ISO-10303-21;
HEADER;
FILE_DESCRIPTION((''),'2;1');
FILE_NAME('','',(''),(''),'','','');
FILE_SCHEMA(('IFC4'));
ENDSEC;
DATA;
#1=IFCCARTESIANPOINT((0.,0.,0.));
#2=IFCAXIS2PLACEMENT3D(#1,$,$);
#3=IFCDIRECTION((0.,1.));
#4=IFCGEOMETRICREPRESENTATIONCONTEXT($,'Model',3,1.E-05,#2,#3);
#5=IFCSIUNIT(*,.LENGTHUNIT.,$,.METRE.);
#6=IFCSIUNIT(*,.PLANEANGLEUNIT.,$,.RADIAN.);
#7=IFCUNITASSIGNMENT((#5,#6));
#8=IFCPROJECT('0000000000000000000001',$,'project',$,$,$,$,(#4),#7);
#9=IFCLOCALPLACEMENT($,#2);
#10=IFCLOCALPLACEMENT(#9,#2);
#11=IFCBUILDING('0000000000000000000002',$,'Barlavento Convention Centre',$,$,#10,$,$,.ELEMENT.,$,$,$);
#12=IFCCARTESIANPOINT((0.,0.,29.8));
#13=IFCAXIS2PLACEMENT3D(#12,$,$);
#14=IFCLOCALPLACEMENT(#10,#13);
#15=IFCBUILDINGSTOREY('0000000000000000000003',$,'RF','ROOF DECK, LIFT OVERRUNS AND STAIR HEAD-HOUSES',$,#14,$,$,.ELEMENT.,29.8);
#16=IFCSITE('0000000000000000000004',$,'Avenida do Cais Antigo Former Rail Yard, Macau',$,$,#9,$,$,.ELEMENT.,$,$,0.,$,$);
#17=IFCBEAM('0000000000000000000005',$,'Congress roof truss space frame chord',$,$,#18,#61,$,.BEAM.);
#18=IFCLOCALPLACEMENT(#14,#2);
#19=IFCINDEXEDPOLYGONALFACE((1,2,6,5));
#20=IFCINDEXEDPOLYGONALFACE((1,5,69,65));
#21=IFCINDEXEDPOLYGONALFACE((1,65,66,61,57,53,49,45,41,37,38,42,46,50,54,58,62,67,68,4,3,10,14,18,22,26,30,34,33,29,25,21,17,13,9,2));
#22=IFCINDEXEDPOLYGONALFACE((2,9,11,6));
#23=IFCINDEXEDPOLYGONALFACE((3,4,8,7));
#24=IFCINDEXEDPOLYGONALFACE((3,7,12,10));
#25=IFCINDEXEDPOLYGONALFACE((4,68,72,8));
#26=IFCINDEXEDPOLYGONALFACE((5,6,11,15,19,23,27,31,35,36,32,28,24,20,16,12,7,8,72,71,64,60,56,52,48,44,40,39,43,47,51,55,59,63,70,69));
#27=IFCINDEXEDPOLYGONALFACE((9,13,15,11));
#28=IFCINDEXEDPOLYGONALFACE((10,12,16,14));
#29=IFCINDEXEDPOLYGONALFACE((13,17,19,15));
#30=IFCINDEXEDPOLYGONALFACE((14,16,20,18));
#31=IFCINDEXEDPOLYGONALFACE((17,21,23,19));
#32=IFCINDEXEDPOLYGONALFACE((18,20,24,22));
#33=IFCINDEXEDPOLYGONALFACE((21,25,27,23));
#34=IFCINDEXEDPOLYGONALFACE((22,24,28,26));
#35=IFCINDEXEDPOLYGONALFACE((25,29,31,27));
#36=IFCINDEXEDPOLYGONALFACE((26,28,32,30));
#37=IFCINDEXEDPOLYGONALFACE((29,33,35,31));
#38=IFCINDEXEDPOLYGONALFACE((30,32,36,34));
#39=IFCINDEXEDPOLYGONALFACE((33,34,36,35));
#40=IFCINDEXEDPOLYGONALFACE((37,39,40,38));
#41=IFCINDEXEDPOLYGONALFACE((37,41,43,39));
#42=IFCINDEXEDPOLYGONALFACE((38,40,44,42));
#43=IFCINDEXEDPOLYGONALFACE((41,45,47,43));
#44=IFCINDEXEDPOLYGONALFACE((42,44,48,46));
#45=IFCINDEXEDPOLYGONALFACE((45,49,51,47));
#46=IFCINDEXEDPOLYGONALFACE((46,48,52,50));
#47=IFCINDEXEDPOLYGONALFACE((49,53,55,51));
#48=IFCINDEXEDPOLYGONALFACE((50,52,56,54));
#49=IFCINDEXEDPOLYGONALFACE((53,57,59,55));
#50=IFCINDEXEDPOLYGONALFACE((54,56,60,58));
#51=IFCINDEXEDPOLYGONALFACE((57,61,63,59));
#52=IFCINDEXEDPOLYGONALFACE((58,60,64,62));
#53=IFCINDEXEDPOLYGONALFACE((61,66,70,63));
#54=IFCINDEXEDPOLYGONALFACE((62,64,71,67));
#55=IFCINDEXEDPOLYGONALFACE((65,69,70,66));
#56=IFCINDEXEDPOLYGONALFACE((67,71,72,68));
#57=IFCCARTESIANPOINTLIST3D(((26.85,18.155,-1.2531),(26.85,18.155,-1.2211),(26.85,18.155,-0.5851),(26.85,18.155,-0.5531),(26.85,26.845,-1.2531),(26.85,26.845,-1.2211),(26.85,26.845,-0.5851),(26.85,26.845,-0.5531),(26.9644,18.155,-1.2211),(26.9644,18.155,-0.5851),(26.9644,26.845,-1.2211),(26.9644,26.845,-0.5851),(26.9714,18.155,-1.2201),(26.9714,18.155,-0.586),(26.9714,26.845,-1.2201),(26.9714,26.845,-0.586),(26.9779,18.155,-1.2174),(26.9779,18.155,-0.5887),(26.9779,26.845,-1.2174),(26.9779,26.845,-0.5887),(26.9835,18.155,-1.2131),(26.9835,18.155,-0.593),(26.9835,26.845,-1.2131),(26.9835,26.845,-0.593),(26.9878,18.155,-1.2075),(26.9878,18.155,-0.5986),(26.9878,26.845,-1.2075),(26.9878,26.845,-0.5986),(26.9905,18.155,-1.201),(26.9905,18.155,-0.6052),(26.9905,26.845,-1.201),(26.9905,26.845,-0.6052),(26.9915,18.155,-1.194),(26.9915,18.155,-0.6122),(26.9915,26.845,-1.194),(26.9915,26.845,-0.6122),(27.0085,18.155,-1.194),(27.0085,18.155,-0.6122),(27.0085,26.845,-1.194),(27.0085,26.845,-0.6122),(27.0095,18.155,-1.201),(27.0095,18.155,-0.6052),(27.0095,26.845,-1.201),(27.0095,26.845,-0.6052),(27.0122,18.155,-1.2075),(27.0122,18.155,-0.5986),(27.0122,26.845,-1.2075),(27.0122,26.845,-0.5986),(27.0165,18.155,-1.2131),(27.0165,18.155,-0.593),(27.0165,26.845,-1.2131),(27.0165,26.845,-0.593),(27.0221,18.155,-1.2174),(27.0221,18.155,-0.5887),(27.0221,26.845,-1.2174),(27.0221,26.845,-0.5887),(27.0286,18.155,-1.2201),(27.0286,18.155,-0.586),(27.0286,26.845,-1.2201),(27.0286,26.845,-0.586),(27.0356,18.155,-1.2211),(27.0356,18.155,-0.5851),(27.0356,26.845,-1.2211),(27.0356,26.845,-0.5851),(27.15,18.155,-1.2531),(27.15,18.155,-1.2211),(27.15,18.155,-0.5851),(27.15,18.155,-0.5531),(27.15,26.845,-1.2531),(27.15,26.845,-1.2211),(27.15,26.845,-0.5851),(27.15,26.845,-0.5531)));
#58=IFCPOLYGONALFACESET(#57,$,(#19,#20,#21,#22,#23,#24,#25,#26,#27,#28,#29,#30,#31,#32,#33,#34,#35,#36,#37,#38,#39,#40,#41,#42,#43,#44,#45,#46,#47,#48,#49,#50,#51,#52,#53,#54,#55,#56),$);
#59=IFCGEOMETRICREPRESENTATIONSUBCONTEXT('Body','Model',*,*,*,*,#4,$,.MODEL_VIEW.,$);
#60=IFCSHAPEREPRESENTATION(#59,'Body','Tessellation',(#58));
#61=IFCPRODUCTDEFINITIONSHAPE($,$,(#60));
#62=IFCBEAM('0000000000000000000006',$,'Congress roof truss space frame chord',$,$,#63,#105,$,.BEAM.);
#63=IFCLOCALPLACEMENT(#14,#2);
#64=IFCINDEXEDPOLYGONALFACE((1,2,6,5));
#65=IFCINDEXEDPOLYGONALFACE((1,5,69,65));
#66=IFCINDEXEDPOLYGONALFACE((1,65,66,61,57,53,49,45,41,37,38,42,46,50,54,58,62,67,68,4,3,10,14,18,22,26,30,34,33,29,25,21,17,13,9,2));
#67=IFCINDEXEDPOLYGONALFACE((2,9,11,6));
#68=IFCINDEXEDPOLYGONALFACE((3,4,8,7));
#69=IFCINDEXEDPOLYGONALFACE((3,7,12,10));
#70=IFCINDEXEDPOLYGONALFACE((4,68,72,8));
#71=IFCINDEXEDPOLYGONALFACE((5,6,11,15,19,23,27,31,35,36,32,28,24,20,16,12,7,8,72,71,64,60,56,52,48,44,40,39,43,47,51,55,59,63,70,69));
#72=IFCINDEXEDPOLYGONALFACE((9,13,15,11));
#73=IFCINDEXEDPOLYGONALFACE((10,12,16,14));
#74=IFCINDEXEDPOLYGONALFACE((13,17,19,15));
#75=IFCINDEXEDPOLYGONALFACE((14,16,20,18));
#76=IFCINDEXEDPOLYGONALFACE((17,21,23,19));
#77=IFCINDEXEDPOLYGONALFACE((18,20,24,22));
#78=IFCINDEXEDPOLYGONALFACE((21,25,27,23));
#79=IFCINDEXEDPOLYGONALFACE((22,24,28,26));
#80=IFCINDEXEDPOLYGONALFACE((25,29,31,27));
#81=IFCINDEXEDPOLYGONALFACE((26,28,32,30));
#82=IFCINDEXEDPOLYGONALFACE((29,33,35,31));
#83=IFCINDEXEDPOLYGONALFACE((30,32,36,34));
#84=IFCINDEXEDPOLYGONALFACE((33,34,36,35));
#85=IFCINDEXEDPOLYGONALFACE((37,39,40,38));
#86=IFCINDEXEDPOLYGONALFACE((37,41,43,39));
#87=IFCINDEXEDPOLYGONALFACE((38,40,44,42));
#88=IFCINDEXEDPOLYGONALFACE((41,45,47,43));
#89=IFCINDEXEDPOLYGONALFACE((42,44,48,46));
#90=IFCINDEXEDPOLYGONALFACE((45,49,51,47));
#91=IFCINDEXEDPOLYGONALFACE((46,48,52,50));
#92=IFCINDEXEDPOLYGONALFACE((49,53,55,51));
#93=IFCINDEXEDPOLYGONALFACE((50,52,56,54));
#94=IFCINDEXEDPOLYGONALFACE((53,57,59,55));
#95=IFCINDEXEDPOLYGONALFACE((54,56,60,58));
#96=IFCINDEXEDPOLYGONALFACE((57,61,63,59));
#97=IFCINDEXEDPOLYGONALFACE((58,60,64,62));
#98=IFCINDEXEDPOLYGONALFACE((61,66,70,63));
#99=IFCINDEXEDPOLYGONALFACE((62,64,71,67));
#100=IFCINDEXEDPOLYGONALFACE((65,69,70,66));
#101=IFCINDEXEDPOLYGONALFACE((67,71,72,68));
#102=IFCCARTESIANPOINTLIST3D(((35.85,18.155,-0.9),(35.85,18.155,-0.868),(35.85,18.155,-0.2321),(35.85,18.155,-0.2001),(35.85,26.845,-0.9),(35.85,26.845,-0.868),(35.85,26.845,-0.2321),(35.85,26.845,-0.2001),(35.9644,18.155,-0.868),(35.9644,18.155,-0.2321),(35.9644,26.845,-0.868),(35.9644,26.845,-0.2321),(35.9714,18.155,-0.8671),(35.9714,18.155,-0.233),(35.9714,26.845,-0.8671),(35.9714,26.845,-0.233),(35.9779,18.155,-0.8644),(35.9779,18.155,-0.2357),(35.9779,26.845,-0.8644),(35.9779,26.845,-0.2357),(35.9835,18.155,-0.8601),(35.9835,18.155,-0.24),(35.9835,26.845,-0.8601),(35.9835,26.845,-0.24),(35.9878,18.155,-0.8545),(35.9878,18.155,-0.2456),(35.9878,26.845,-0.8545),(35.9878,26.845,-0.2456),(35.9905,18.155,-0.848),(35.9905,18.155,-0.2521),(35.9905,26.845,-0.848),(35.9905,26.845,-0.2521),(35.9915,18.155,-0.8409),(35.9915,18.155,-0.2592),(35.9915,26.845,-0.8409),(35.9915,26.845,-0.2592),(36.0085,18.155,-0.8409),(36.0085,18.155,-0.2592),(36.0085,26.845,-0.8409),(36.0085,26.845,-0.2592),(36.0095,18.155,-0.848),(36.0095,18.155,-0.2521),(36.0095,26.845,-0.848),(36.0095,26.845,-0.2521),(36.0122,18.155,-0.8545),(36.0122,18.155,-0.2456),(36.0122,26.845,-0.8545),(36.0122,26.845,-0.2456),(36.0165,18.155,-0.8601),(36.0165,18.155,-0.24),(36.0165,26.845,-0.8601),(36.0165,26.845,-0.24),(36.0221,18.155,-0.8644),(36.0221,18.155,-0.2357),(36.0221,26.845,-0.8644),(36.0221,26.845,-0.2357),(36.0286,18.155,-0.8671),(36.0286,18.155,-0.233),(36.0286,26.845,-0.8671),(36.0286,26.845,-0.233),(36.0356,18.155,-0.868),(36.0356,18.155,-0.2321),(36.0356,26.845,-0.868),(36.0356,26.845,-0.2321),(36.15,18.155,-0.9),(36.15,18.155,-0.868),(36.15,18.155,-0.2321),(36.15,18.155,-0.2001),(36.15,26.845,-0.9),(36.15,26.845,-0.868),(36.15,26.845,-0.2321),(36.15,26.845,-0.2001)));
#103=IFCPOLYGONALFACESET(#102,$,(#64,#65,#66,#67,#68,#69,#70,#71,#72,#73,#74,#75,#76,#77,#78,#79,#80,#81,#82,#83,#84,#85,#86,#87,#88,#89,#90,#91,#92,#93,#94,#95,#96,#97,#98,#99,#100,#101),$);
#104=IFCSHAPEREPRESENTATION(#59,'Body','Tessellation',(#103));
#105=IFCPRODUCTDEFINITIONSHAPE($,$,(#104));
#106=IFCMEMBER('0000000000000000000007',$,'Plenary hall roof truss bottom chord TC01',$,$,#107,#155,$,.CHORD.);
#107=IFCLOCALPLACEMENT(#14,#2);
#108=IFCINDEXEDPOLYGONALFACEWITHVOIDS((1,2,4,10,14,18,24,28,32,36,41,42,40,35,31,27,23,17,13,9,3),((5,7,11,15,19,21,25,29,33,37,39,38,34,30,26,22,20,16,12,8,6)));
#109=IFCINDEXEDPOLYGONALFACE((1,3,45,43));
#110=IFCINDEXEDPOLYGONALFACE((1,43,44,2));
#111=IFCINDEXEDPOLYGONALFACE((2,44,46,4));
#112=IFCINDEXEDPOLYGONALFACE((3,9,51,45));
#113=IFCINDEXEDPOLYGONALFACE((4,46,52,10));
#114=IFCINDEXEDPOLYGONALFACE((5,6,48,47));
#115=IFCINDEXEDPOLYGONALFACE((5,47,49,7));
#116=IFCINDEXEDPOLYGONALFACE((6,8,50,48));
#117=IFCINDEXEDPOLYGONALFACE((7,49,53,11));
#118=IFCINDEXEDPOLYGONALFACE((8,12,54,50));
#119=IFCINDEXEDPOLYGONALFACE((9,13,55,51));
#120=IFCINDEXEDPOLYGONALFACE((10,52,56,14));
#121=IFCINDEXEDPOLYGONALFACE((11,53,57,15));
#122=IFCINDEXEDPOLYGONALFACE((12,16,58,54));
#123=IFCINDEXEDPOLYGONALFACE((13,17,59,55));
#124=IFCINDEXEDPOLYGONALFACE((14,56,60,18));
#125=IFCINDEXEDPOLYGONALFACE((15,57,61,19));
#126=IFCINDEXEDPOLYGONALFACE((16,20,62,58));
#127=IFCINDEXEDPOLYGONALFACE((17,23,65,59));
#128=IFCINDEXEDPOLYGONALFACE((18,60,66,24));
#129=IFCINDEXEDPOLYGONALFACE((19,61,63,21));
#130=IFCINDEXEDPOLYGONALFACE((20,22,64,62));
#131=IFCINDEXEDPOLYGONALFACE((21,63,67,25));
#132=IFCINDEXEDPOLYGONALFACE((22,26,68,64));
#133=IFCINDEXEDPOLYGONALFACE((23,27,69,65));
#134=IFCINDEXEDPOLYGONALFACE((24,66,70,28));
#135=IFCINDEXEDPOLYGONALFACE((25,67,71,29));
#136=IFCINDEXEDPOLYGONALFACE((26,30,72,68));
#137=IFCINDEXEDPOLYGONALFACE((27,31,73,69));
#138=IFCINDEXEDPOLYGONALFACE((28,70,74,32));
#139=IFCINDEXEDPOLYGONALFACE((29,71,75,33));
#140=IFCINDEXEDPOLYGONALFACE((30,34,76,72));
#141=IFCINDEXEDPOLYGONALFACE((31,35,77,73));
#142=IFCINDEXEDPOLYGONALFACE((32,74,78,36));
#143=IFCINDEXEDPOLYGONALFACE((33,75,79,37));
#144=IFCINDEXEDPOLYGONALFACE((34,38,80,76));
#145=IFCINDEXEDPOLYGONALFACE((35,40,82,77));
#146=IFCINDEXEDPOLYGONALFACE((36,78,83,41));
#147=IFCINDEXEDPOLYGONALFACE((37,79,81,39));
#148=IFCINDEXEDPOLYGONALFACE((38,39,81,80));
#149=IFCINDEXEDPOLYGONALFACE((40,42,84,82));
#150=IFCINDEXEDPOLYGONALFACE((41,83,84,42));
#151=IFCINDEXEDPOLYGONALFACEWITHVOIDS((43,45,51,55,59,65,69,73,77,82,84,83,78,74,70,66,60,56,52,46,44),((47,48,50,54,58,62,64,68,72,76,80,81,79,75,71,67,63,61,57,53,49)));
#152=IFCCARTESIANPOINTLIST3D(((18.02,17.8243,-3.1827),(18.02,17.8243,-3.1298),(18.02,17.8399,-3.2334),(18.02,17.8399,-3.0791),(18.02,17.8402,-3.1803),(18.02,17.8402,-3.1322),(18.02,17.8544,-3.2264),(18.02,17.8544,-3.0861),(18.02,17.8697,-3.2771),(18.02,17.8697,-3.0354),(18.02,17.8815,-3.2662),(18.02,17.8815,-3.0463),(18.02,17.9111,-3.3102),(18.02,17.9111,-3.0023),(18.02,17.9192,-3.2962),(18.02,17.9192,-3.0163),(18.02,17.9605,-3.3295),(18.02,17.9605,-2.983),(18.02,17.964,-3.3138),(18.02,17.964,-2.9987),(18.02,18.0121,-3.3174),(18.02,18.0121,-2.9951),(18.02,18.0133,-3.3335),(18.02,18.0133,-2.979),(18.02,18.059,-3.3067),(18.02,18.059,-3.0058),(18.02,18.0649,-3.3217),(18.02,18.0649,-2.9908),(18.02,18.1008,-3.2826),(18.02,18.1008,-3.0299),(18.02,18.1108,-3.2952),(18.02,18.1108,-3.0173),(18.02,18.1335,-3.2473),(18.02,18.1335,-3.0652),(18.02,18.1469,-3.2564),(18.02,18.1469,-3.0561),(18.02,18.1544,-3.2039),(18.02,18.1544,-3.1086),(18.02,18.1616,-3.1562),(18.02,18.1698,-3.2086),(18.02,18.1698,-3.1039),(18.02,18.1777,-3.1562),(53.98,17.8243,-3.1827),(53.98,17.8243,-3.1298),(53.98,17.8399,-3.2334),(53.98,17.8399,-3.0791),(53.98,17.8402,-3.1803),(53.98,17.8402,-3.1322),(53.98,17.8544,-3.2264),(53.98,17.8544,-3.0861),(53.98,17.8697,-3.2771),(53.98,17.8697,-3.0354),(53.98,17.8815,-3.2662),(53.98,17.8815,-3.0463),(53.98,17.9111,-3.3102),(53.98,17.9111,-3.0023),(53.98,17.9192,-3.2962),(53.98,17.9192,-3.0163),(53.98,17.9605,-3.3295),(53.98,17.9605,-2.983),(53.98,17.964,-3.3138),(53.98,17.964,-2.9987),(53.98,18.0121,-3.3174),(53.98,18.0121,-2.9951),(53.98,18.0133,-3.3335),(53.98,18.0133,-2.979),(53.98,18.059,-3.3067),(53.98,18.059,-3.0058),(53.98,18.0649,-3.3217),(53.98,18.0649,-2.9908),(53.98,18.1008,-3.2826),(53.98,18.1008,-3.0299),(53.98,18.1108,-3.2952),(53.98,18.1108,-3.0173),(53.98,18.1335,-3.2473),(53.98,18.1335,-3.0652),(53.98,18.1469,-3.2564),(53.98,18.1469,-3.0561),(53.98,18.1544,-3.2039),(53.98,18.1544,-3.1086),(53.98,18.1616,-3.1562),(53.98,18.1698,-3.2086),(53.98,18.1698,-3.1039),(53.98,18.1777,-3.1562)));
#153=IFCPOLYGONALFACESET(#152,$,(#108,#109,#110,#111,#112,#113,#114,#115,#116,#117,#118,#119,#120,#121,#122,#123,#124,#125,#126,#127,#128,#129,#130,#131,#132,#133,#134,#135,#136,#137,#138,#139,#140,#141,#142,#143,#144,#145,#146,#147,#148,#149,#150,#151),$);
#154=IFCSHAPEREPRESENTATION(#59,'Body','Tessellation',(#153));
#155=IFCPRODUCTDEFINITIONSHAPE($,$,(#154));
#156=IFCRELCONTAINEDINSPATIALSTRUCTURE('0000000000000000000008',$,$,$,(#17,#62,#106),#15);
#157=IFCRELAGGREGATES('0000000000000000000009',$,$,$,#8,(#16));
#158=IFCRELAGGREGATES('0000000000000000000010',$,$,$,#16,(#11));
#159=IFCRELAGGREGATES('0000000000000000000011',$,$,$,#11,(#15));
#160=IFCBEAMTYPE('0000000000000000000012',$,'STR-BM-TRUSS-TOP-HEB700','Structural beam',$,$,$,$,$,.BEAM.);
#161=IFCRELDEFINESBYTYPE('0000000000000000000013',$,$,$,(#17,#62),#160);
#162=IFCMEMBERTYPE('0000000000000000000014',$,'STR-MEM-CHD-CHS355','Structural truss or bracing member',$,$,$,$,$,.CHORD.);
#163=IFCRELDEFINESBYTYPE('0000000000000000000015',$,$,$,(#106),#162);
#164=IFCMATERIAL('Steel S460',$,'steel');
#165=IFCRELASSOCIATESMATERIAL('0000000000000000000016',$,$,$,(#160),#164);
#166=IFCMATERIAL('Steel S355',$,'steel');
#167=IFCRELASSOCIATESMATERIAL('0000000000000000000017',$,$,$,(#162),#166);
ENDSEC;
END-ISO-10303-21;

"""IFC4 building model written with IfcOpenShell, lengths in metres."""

from ifc_helpers import new_model, si_unit, direction, frame, origin, origin_2d, place, context, subcontext, project, spatial, hollow_circle, i_section, extrude, material, material_profile, profile_set, type_object, element, save


model = new_model("IFC4")

# Units and contexts
model_context = context("Model", 3, precision=1e-05, world=origin(), true_north=direction((0.0, 1.0)))
body_context = subcontext(model_context, "Body", "Model", "MODEL_VIEW")
ifc_project = project(units=[si_unit("LENGTHUNIT", "METRE"), si_unit("PLANEANGLEUNIT", "RADIAN")], contexts=[model_context])

# Site, building, storey
site_placement = place(None, origin())
site = spatial("IfcSite", under=ifc_project, at=site_placement, Name="Avenida do Cais Antigo Former Rail Yard, Macau", CompositionType="ELEMENT", RefElevation=0.0)
building_placement = place(site_placement, origin())
building = spatial("IfcBuilding", under=site, at=building_placement, Name="Barlavento Convention Centre", CompositionType="ELEMENT")
storey_placement = place(building_placement, frame((0.0, 0.0, 29.8)))
storey = spatial("IfcBuildingStorey", under=building, at=storey_placement, Name="RF", Description="ROOF DECK, LIFT OVERRUNS AND STAIR HEAD-HOUSES", CompositionType="ELEMENT", Elevation=29.8)

# Beams
ifc_material_1 = material(Name="Steel S460", Category="steel")
ifc_material_profile_1 = material_profile(ifc_material_1, i_section(OverallWidth=0.3, OverallDepth=0.7, WebThickness=0.0171, FlangeThickness=0.032, FilletRadius=0.0271, at=origin_2d()), Name="HEB 700")
ifc_profile_set_1 = profile_set([ifc_material_profile_1], Name="Steel S460")
beam_type_1 = type_object("IfcBeamType", Name="STR-BM-TRUSS-TOP-HEB700", Description="Structural beam", PredefinedType="BEAM", material=ifc_profile_set_1)
for number, where, z_axis, x_axis, name in (
    (1, (27.0, 18.155, -0.9031), (0.0, 1.0, 0.0), (-1.0, 0.0, 0.0), "Congress roof truss space frame chord"),
    (2, (36.0, 18.155, -0.55), (0.0, 1.0, 0.0), (-1.0, 0.0, 0.0), "Congress roof truss space frame chord"),
):
    element("IfcBeam", number, at=place(storey_placement, frame(where, z_axis=z_axis, x_axis=x_axis)), inside=storey, type_object=beam_type_1, Name=name, PredefinedType="BEAM", context=body_context, shape_type="SweptSolid", body=[
        extrude(i_section(OverallWidth=0.3, OverallDepth=0.7, WebThickness=0.0171, FlangeThickness=0.032, FilletRadius=0.0271, at=origin_2d()), origin(), (0.0, 0.0, 1.0), 8.6899),
    ])

# Member
ifc_material_2 = material(Name="Steel S355", Category="steel")
ifc_material_profile_2 = material_profile(ifc_material_2, hollow_circle(Radius=0.1777, WallThickness=0.0161, at=origin_2d()), Name="CHS 355.6x16.0")
ifc_profile_set_2 = profile_set([ifc_material_profile_2], Name="Steel S355")
member_type_1 = type_object("IfcMemberType", Name="STR-MEM-CHD-CHS355", Description="Structural truss or bracing member", PredefinedType="CHORD", material=ifc_profile_set_2)
member_1_placement = place(storey_placement, frame((18.02, 18.0, -3.1562), z_axis=(1.0, 0.0, 0.0), x_axis=(0.0, 1.0, 0.0)))
element("IfcMember", 3, at=member_1_placement, inside=storey, type_object=member_type_1, Name="Plenary hall roof truss bottom chord TC01", PredefinedType="CHORD", context=body_context, shape_type="SweptSolid", body=[
    extrude(hollow_circle(Radius=0.1777, WallThickness=0.0161, at=origin_2d()), origin(), (0.0, 0.0, 1.0), 35.96),
])

save(model, "model.ifc")
